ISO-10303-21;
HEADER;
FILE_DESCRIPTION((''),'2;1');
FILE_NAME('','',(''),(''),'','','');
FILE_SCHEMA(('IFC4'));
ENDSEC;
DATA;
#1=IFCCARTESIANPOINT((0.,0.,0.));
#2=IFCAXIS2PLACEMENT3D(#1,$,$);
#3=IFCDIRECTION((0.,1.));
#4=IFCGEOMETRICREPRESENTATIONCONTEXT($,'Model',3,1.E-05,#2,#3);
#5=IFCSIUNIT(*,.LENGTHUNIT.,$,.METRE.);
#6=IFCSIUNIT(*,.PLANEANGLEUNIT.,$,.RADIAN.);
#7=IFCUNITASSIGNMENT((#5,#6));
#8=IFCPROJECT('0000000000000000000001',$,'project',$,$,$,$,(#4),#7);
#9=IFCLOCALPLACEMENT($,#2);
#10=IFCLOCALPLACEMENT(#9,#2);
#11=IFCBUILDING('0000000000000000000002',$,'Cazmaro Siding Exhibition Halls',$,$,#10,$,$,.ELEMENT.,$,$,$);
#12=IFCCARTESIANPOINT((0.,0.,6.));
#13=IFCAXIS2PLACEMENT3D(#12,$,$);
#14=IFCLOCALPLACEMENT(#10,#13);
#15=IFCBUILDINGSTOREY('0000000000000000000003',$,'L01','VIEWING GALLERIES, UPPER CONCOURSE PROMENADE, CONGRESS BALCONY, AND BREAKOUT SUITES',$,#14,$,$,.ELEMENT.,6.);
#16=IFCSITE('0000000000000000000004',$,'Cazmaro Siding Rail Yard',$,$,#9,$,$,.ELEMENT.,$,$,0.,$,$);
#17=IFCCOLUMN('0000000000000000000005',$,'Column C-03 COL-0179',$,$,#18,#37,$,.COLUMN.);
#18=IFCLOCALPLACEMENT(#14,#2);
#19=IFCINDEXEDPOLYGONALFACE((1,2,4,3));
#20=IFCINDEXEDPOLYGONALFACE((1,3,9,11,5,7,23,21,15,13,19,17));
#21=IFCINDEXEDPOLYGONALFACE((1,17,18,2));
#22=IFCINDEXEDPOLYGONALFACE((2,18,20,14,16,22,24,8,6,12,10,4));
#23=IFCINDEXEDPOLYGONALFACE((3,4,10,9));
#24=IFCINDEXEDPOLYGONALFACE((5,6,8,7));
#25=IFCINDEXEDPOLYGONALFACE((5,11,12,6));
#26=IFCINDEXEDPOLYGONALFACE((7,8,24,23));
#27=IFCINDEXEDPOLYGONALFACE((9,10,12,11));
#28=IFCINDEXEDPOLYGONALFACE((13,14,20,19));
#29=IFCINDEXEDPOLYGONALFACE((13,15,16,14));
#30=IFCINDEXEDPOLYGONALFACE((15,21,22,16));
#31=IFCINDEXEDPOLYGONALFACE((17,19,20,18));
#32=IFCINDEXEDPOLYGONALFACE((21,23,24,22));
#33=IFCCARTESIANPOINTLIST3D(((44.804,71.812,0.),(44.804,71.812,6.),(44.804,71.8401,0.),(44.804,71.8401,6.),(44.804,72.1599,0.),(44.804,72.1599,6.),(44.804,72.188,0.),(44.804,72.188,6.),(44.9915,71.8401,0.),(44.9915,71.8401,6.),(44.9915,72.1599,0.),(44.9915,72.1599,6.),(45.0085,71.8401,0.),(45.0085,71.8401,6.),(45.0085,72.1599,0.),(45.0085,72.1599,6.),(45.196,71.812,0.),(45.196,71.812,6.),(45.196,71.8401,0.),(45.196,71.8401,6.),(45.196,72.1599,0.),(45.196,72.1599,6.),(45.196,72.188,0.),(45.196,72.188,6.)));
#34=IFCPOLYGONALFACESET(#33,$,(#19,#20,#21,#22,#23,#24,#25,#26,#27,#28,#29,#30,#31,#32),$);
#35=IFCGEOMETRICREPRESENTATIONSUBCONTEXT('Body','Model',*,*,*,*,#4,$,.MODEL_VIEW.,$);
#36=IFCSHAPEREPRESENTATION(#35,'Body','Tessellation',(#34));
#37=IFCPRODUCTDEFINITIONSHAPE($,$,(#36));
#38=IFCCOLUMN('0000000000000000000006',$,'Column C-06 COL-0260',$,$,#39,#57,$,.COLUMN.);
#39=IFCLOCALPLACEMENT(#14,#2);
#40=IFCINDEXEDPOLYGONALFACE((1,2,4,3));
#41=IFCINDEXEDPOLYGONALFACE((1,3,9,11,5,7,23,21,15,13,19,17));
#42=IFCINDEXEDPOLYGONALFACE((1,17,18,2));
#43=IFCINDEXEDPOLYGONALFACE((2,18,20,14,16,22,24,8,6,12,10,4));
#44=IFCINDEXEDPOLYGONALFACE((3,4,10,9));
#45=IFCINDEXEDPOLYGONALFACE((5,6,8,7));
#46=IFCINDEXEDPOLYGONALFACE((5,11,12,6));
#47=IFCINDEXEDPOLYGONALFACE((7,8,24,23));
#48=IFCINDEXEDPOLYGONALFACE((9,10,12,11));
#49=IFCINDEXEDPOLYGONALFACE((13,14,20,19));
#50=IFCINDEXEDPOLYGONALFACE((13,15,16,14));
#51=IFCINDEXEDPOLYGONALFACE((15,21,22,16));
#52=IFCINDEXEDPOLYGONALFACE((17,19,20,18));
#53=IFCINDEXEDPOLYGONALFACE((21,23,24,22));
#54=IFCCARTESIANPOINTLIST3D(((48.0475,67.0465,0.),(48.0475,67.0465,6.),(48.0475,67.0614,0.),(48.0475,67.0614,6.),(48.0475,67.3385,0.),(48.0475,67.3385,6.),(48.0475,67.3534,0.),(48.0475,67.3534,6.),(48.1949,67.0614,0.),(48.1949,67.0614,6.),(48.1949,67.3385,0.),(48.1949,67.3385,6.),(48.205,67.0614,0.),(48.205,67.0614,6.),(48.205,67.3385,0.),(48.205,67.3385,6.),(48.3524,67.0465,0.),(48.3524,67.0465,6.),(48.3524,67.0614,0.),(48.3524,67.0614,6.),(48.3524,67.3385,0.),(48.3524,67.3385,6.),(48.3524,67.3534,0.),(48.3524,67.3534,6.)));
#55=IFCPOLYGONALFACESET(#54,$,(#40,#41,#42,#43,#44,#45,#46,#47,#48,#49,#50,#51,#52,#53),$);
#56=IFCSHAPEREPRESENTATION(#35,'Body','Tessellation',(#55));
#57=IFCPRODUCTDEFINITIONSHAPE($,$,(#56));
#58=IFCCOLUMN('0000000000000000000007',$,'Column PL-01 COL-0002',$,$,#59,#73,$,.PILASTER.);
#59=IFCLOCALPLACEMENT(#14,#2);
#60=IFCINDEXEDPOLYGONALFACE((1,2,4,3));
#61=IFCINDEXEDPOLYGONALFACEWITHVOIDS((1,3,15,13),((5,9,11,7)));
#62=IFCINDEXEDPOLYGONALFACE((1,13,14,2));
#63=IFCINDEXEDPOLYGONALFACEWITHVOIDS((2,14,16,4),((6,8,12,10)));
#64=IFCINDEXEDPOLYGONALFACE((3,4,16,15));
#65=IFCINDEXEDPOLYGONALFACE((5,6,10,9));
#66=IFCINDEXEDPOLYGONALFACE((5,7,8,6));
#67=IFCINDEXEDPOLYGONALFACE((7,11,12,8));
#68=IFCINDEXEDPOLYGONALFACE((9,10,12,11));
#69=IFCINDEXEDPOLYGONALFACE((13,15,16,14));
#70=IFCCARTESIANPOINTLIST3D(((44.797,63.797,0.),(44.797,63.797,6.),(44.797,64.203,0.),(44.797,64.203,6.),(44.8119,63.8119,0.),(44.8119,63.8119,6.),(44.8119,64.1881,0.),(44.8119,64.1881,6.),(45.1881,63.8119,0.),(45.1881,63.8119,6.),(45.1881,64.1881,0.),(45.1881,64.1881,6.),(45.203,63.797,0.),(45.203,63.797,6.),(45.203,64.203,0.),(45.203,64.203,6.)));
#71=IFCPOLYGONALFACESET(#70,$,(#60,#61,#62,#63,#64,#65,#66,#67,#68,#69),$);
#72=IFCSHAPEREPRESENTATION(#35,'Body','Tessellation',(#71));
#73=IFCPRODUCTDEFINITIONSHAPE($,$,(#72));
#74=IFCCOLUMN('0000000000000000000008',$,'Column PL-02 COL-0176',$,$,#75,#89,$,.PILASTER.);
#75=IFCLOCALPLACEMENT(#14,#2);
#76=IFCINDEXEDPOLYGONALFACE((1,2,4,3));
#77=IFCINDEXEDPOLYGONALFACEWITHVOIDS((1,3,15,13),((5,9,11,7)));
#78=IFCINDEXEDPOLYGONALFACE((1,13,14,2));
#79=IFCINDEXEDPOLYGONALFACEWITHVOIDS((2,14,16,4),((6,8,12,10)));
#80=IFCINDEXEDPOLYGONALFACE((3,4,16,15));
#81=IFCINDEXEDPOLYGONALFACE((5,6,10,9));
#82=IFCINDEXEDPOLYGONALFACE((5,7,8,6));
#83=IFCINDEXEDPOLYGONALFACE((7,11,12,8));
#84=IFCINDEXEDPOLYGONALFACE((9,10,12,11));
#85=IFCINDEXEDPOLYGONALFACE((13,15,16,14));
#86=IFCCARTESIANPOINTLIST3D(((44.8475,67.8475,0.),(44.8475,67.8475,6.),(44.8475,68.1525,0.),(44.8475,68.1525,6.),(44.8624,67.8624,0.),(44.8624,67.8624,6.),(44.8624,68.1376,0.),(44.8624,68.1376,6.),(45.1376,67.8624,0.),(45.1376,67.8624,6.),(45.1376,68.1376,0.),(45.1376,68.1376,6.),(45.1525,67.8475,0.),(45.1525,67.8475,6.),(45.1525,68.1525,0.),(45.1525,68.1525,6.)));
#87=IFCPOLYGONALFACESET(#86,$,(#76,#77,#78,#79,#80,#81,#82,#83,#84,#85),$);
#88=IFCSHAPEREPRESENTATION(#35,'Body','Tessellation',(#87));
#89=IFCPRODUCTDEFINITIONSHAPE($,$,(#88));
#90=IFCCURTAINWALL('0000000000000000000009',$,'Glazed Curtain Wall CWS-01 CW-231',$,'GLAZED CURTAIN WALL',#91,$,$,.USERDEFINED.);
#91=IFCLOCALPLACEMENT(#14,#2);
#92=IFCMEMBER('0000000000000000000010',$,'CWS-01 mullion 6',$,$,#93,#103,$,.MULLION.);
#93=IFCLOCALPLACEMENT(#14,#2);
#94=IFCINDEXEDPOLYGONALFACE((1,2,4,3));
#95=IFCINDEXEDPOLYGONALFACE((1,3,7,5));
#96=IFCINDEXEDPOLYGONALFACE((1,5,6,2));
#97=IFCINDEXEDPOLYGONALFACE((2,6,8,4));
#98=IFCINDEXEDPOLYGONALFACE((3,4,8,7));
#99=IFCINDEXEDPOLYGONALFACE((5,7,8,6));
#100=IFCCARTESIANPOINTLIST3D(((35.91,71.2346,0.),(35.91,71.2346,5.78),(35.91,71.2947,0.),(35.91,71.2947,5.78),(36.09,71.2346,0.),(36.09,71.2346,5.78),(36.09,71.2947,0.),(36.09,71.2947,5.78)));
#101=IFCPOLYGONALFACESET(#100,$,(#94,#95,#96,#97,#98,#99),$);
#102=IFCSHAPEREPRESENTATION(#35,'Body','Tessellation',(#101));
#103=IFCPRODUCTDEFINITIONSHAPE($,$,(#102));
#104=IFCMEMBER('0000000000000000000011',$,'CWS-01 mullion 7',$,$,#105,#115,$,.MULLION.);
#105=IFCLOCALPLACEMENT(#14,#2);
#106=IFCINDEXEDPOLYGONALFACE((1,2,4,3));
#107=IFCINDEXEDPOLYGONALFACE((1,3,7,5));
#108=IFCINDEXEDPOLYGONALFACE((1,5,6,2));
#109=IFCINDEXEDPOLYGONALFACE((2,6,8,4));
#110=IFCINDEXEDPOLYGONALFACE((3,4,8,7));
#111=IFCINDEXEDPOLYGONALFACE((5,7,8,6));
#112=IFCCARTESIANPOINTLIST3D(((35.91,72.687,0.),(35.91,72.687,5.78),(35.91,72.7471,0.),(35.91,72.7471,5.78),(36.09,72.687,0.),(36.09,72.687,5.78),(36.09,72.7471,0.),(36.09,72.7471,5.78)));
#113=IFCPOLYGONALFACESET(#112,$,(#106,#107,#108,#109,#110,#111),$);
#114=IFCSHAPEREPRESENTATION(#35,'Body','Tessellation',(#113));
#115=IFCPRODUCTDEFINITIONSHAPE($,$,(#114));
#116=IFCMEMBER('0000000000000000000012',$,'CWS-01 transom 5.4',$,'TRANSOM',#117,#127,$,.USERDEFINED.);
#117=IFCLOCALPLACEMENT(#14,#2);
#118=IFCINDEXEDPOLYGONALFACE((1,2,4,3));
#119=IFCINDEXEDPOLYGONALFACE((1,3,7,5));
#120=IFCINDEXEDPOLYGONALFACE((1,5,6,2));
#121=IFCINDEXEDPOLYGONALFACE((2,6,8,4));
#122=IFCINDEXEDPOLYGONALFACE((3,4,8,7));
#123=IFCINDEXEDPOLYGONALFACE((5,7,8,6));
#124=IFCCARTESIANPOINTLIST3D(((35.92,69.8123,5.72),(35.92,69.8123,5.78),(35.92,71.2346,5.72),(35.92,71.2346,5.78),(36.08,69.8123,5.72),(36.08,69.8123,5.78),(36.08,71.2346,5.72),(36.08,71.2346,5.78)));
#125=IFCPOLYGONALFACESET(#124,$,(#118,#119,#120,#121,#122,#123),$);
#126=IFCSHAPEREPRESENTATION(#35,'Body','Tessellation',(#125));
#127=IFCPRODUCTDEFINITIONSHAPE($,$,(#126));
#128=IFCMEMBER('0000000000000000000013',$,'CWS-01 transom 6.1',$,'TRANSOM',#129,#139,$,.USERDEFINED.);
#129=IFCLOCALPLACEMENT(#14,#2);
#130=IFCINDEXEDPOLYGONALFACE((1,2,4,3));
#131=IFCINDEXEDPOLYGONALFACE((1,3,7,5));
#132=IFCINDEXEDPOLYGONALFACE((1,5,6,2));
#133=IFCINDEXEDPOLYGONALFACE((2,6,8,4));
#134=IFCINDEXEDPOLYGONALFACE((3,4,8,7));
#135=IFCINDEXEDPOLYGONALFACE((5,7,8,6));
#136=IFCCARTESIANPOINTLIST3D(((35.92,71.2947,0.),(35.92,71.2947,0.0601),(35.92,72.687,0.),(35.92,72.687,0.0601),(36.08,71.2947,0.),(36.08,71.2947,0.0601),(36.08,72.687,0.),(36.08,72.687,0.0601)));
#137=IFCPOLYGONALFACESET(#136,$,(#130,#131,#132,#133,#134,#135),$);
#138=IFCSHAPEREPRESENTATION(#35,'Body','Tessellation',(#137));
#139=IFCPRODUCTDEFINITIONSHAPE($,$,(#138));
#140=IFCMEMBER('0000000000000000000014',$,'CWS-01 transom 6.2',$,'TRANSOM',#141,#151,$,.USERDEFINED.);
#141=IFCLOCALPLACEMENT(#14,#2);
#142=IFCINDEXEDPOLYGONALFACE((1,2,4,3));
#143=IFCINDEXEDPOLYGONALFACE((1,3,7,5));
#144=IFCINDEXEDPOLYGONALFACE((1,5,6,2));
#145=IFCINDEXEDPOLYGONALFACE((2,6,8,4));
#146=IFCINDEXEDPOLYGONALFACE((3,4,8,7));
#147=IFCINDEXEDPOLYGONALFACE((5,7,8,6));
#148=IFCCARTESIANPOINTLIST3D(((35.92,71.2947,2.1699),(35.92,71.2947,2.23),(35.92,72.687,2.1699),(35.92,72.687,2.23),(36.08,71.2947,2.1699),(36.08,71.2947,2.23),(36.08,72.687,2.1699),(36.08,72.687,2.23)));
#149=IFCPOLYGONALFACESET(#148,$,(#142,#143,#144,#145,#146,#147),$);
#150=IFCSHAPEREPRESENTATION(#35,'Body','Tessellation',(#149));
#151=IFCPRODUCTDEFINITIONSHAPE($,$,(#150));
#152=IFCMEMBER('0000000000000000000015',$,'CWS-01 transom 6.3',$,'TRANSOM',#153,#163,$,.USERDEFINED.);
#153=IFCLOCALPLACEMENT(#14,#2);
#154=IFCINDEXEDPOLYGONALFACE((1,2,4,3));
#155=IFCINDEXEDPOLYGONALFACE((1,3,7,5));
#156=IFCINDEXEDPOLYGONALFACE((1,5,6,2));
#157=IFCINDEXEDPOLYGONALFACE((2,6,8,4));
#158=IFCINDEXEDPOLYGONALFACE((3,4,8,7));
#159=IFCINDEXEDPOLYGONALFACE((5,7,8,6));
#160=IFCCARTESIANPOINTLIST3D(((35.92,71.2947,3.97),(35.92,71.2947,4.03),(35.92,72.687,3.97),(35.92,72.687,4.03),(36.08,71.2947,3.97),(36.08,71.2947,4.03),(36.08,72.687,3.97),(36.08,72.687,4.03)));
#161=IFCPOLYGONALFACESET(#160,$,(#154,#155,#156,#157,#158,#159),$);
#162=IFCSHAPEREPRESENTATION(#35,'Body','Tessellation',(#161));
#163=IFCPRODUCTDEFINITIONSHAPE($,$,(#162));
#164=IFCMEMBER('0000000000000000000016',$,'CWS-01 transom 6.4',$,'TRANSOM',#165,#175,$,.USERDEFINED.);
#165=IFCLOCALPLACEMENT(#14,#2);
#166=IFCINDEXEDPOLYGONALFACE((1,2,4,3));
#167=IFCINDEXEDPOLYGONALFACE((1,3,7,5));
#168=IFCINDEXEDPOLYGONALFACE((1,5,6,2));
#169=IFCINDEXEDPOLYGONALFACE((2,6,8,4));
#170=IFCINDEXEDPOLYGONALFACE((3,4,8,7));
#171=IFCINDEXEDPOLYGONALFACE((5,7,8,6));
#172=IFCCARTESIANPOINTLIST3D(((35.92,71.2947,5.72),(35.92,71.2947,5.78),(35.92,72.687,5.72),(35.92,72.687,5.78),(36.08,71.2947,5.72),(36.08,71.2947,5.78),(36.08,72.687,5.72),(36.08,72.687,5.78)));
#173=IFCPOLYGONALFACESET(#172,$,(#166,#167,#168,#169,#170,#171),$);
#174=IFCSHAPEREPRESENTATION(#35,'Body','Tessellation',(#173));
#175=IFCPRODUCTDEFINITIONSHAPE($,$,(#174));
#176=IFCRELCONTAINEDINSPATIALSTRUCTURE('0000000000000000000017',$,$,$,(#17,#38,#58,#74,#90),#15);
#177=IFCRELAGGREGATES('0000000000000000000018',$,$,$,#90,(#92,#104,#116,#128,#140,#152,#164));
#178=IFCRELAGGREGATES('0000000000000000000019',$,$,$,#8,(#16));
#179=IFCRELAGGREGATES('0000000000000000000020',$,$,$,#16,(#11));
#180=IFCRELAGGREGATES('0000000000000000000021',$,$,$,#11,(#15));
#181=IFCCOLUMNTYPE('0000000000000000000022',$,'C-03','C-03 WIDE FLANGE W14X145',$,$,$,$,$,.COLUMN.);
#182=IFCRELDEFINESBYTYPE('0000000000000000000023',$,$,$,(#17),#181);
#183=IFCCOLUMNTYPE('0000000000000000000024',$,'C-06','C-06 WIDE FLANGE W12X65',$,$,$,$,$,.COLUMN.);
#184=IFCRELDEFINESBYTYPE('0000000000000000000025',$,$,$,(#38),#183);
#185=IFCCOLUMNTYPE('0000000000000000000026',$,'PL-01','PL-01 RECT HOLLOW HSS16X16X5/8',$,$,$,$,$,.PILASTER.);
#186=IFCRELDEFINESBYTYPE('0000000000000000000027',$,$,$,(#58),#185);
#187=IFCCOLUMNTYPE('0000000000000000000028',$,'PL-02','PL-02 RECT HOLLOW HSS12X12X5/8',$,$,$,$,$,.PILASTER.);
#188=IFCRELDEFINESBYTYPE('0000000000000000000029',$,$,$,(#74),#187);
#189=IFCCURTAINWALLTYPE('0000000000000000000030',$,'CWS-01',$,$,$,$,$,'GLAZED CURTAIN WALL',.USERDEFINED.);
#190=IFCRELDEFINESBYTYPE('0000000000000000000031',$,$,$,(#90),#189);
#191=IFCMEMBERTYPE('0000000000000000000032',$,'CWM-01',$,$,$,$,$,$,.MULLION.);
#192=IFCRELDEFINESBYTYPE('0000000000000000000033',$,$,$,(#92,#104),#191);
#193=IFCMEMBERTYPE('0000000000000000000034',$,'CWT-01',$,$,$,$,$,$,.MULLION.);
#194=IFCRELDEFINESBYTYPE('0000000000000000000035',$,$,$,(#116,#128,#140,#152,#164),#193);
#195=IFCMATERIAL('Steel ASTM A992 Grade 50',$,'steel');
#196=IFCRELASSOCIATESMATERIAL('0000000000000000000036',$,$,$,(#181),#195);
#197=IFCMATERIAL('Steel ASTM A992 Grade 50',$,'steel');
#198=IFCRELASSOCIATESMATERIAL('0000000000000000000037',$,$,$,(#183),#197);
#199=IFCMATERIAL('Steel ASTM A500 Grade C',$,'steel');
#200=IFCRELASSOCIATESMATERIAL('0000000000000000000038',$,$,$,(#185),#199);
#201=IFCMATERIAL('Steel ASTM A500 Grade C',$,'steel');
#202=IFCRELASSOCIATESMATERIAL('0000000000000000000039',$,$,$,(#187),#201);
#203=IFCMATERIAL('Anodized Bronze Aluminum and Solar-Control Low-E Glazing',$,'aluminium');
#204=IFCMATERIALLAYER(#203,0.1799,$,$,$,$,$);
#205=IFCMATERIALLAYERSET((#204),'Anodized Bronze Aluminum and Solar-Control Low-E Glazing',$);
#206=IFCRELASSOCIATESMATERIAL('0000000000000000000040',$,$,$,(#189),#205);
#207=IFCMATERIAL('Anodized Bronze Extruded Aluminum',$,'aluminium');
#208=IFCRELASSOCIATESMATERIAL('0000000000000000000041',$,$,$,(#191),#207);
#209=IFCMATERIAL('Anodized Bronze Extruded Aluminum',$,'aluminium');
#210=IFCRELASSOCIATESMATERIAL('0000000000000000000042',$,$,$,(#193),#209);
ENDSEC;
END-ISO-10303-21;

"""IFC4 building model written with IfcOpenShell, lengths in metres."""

from ifc_helpers import new_model, si_unit, direction, frame, origin, origin_2d, place, context, subcontext, project, spatial, rectangle, hollow_rectangle, i_section, extrude, material, layer, layer_set, material_profile, profile_set, type_object, element, aggregate, save


model = new_model("IFC4")

# Units and contexts
model_context = context("Model", 3, precision=1e-05, world=origin(), true_north=direction((0.0, 1.0)))
body_context = subcontext(model_context, "Body", "Model", "MODEL_VIEW")
ifc_project = project(units=[si_unit("LENGTHUNIT", "METRE"), si_unit("PLANEANGLEUNIT", "RADIAN")], contexts=[model_context])

# Site, building, storey
site_placement = place(None, origin())
site = spatial("IfcSite", under=ifc_project, at=site_placement, Name="Cazmaro Siding Rail Yard", CompositionType="ELEMENT", RefElevation=0.0)
building_placement = place(site_placement, origin())
building = spatial("IfcBuilding", under=site, at=building_placement, Name="Cazmaro Siding Exhibition Halls", CompositionType="ELEMENT")
storey_placement = place(building_placement, frame((0.0, 0.0, 6.0)))
storey = spatial("IfcBuildingStorey", under=building, at=storey_placement, Name="L01", Description="VIEWING GALLERIES, UPPER CONCOURSE PROMENADE, CONGRESS BALCONY, AND BREAKOUT SUITES", CompositionType="ELEMENT", Elevation=6.0)

# Columns
ifc_material_1 = material(Name="Steel ASTM A992 Grade 50", Category="steel")
ifc_material_profile_1 = material_profile(ifc_material_1, i_section(OverallWidth=0.3921, OverallDepth=0.376, WebThickness=0.0171, FlangeThickness=0.0281, at=origin_2d()), Name="W14X145")
ifc_profile_set_1 = profile_set([ifc_material_profile_1], Name="Steel ASTM A992 Grade 50")
column_type_1 = type_object("IfcColumnType", Name="C-03", Description="C-03 WIDE FLANGE W14X145", PredefinedType="COLUMN", material=ifc_profile_set_1)
column_1_placement = place(storey_placement, frame((45.0, 72.0, 0.0), z_axis=(0.0, 0.0, 1.0), x_axis=(1.0, 0.0, 0.0)))
element("IfcColumn", 1, at=column_1_placement, inside=storey, type_object=column_type_1, Name="Column C-03 COL-0179", PredefinedType="COLUMN", context=body_context, shape_type="SweptSolid", body=[
    extrude(i_section(OverallWidth=0.3921, OverallDepth=0.376, WebThickness=0.0171, FlangeThickness=0.0281, at=origin_2d()), origin(), (0.0, 0.0, 1.0), 6.0),
])
ifc_material_2 = material(Name="Steel ASTM A992 Grade 50", Category="steel")
ifc_material_profile_2 = material_profile(ifc_material_2, i_section(OverallWidth=0.3049, OverallDepth=0.3069, WebThickness=0.01, FlangeThickness=0.0149, at=origin_2d()), Name="W12X65")
ifc_profile_set_2 = profile_set([ifc_material_profile_2], Name="Steel ASTM A992 Grade 50")
column_type_2 = type_object("IfcColumnType", Name="C-06", Description="C-06 WIDE FLANGE W12X65", PredefinedType="COLUMN", material=ifc_profile_set_2)
column_2_placement = place(storey_placement, frame((48.2, 67.2, 0.0), z_axis=(0.0, 0.0, 1.0), x_axis=(1.0, 0.0, 0.0)))
element("IfcColumn", 2, at=column_2_placement, inside=storey, type_object=column_type_2, Name="Column C-06 COL-0260", PredefinedType="COLUMN", context=body_context, shape_type="SweptSolid", body=[
    extrude(i_section(OverallWidth=0.3049, OverallDepth=0.3069, WebThickness=0.01, FlangeThickness=0.0149, at=origin_2d()), origin(), (0.0, 0.0, 1.0), 6.0),
])
ifc_material_3 = material(Name="Steel ASTM A500 Grade C", Category="steel")
ifc_material_profile_3 = material_profile(ifc_material_3, hollow_rectangle(XDim=0.406, YDim=0.406, WallThickness=0.0149, at=origin_2d()), Name="HSS16X16X5/8")
ifc_profile_set_3 = profile_set([ifc_material_profile_3], Name="Steel ASTM A500 Grade C")
column_type_3 = type_object("IfcColumnType", Name="PL-01", Description="PL-01 RECT HOLLOW HSS16X16X5/8", PredefinedType="PILASTER", material=ifc_profile_set_3)
column_3_placement = place(storey_placement, frame((45.0, 64.0, 0.0), z_axis=(0.0, 0.0, 1.0), x_axis=(1.0, 0.0, 0.0)))
element("IfcColumn", 3, at=column_3_placement, inside=storey, type_object=column_type_3, Name="Column PL-01 COL-0002", PredefinedType="PILASTER", context=body_context, shape_type="SweptSolid", body=[
    extrude(hollow_rectangle(XDim=0.406, YDim=0.406, WallThickness=0.0149, at=origin_2d()), origin(), (0.0, 0.0, 1.0), 6.0),
])
ifc_material_4 = material(Name="Steel ASTM A500 Grade C", Category="steel")
ifc_material_profile_4 = material_profile(ifc_material_4, hollow_rectangle(XDim=0.3049, YDim=0.3049, WallThickness=0.0149, at=origin_2d()), Name="HSS12X12X5/8")
ifc_profile_set_4 = profile_set([ifc_material_profile_4], Name="Steel ASTM A500 Grade C")
column_type_4 = type_object("IfcColumnType", Name="PL-02", Description="PL-02 RECT HOLLOW HSS12X12X5/8", PredefinedType="PILASTER", material=ifc_profile_set_4)
column_4_placement = place(storey_placement, frame((45.0, 68.0, 0.0), z_axis=(0.0, 0.0, 1.0), x_axis=(1.0, 0.0, 0.0)))
element("IfcColumn", 4, at=column_4_placement, inside=storey, type_object=column_type_4, Name="Column PL-02 COL-0176", PredefinedType="PILASTER", context=body_context, shape_type="SweptSolid", body=[
    extrude(hollow_rectangle(XDim=0.3049, YDim=0.3049, WallThickness=0.0149, at=origin_2d()), origin(), (0.0, 0.0, 1.0), 6.0),
])

# Curtain wall, members
ifc_material_5 = material(Name="Anodized Bronze Aluminum and Solar-Control Low-E Glazing", Category="aluminium")
ifc_layer_1 = layer(ifc_material_5, 0.1799)
ifc_layer_set_1 = layer_set([ifc_layer_1], Name="Anodized Bronze Aluminum and Solar-Control Low-E Glazing")
curtain_wall_type = type_object("IfcCurtainWallType", Name="CWS-01", ElementType="GLAZED CURTAIN WALL", PredefinedType="USERDEFINED", material=ifc_layer_set_1)
curtain_wall_placement = place(storey_placement, origin())
curtain_wall = element("IfcCurtainWall", 5, at=curtain_wall_placement, inside=storey, type_object=curtain_wall_type, Name="Glazed Curtain Wall CWS-01 CW-231", ObjectType="GLAZED CURTAIN WALL", PredefinedType="USERDEFINED")
ifc_material_6 = material(Name="Anodized Bronze Extruded Aluminum", Category="aluminium")
ifc_material_profile_5 = material_profile(ifc_material_6, rectangle(XDim=0.1799, YDim=0.0601, at=origin_2d()), Name="CWM-01")
ifc_profile_set_5 = profile_set([ifc_material_profile_5], Name="Anodized Bronze Extruded Aluminum")
member_type_1 = type_object("IfcMemberType", Name="CWM-01", PredefinedType="MULLION", material=ifc_profile_set_5)
member_1_placement = place(storey_placement, frame((36.0, 71.2646, 0.0), z_axis=(0.0, 0.0, 1.0), x_axis=(-1.0, 0.0, 0.0)))
member_1 = element("IfcMember", 6, at=member_1_placement, type_object=member_type_1, Name="CWS-01 mullion 6", PredefinedType="MULLION", context=body_context, shape_type="SweptSolid", body=[
    extrude(rectangle(XDim=0.1799, YDim=0.0601, at=origin_2d()), origin(), (0.0, 0.0, 1.0), 5.78),
])
member_2_placement = place(storey_placement, frame((36.0, 72.717, 0.0), z_axis=(0.0, 0.0, 1.0), x_axis=(-1.0, 0.0, 0.0)))
member_2 = element("IfcMember", 7, at=member_2_placement, type_object=member_type_1, Name="CWS-01 mullion 7", PredefinedType="MULLION", context=body_context, shape_type="SweptSolid", body=[
    extrude(rectangle(XDim=0.1799, YDim=0.0601, at=origin_2d()), origin(), (0.0, 0.0, 1.0), 5.78),
])
ifc_material_7 = material(Name="Anodized Bronze Extruded Aluminum", Category="aluminium")
ifc_material_profile_6 = material_profile(ifc_material_7, rectangle(XDim=0.1599, YDim=0.0601, at=origin_2d()), Name="CWT-01")
ifc_profile_set_6 = profile_set([ifc_material_profile_6], Name="Anodized Bronze Extruded Aluminum")
member_type_2 = type_object("IfcMemberType", Name="CWT-01", PredefinedType="MULLION", material=ifc_profile_set_6)
member_3_placement = place(storey_placement, frame((36.0, 69.8123, 5.75), z_axis=(0.0, 1.0, 0.0), x_axis=(-1.0, 0.0, 0.0)))
member_3 = element("IfcMember", 8, at=member_3_placement, type_object=member_type_2, Name="CWS-01 transom 5.4", ObjectType="TRANSOM", PredefinedType="USERDEFINED", context=body_context, shape_type="SweptSolid", body=[
    extrude(rectangle(XDim=0.1599, YDim=0.0601, at=origin_2d()), origin(), (0.0, 0.0, 1.0), 1.4224),
])
member_4_placement = place(storey_placement, frame((36.0, 71.2947, 0.03), z_axis=(0.0, 1.0, 0.0), x_axis=(-1.0, 0.0, 0.0)))
member_4 = element("IfcMember", 9, at=member_4_placement, type_object=member_type_2, Name="CWS-01 transom 6.1", ObjectType="TRANSOM", PredefinedType="USERDEFINED", context=body_context, shape_type="SweptSolid", body=[
    extrude(rectangle(XDim=0.1599, YDim=0.0601, at=origin_2d()), origin(), (0.0, 0.0, 1.0), 1.3923),
])
member_5_placement = place(storey_placement, frame((36.0, 71.2947, 2.2), z_axis=(0.0, 1.0, 0.0), x_axis=(-1.0, 0.0, 0.0)))
member_5 = element("IfcMember", 10, at=member_5_placement, type_object=member_type_2, Name="CWS-01 transom 6.2", ObjectType="TRANSOM", PredefinedType="USERDEFINED", context=body_context, shape_type="SweptSolid", body=[
    extrude(rectangle(XDim=0.1599, YDim=0.0601, at=origin_2d()), origin(), (0.0, 0.0, 1.0), 1.3923),
])
member_6_placement = place(storey_placement, frame((36.0, 71.2947, 4.0), z_axis=(0.0, 1.0, 0.0), x_axis=(-1.0, 0.0, 0.0)))
member_6 = element("IfcMember", 11, at=member_6_placement, type_object=member_type_2, Name="CWS-01 transom 6.3", ObjectType="TRANSOM", PredefinedType="USERDEFINED", context=body_context, shape_type="SweptSolid", body=[
    extrude(rectangle(XDim=0.1599, YDim=0.0601, at=origin_2d()), origin(), (0.0, 0.0, 1.0), 1.3923),
])
member_7_placement = place(storey_placement, frame((36.0, 71.2947, 5.75), z_axis=(0.0, 1.0, 0.0), x_axis=(-1.0, 0.0, 0.0)))
member_7 = element("IfcMember", 12, at=member_7_placement, type_object=member_type_2, Name="CWS-01 transom 6.4", ObjectType="TRANSOM", PredefinedType="USERDEFINED", context=body_context, shape_type="SweptSolid", body=[
    extrude(rectangle(XDim=0.1599, YDim=0.0601, at=origin_2d()), origin(), (0.0, 0.0, 1.0), 1.3923),
])

aggregate(curtain_wall, [member_1, member_2, member_3, member_4, member_5, member_6, member_7])

save(model, "model.ifc")
